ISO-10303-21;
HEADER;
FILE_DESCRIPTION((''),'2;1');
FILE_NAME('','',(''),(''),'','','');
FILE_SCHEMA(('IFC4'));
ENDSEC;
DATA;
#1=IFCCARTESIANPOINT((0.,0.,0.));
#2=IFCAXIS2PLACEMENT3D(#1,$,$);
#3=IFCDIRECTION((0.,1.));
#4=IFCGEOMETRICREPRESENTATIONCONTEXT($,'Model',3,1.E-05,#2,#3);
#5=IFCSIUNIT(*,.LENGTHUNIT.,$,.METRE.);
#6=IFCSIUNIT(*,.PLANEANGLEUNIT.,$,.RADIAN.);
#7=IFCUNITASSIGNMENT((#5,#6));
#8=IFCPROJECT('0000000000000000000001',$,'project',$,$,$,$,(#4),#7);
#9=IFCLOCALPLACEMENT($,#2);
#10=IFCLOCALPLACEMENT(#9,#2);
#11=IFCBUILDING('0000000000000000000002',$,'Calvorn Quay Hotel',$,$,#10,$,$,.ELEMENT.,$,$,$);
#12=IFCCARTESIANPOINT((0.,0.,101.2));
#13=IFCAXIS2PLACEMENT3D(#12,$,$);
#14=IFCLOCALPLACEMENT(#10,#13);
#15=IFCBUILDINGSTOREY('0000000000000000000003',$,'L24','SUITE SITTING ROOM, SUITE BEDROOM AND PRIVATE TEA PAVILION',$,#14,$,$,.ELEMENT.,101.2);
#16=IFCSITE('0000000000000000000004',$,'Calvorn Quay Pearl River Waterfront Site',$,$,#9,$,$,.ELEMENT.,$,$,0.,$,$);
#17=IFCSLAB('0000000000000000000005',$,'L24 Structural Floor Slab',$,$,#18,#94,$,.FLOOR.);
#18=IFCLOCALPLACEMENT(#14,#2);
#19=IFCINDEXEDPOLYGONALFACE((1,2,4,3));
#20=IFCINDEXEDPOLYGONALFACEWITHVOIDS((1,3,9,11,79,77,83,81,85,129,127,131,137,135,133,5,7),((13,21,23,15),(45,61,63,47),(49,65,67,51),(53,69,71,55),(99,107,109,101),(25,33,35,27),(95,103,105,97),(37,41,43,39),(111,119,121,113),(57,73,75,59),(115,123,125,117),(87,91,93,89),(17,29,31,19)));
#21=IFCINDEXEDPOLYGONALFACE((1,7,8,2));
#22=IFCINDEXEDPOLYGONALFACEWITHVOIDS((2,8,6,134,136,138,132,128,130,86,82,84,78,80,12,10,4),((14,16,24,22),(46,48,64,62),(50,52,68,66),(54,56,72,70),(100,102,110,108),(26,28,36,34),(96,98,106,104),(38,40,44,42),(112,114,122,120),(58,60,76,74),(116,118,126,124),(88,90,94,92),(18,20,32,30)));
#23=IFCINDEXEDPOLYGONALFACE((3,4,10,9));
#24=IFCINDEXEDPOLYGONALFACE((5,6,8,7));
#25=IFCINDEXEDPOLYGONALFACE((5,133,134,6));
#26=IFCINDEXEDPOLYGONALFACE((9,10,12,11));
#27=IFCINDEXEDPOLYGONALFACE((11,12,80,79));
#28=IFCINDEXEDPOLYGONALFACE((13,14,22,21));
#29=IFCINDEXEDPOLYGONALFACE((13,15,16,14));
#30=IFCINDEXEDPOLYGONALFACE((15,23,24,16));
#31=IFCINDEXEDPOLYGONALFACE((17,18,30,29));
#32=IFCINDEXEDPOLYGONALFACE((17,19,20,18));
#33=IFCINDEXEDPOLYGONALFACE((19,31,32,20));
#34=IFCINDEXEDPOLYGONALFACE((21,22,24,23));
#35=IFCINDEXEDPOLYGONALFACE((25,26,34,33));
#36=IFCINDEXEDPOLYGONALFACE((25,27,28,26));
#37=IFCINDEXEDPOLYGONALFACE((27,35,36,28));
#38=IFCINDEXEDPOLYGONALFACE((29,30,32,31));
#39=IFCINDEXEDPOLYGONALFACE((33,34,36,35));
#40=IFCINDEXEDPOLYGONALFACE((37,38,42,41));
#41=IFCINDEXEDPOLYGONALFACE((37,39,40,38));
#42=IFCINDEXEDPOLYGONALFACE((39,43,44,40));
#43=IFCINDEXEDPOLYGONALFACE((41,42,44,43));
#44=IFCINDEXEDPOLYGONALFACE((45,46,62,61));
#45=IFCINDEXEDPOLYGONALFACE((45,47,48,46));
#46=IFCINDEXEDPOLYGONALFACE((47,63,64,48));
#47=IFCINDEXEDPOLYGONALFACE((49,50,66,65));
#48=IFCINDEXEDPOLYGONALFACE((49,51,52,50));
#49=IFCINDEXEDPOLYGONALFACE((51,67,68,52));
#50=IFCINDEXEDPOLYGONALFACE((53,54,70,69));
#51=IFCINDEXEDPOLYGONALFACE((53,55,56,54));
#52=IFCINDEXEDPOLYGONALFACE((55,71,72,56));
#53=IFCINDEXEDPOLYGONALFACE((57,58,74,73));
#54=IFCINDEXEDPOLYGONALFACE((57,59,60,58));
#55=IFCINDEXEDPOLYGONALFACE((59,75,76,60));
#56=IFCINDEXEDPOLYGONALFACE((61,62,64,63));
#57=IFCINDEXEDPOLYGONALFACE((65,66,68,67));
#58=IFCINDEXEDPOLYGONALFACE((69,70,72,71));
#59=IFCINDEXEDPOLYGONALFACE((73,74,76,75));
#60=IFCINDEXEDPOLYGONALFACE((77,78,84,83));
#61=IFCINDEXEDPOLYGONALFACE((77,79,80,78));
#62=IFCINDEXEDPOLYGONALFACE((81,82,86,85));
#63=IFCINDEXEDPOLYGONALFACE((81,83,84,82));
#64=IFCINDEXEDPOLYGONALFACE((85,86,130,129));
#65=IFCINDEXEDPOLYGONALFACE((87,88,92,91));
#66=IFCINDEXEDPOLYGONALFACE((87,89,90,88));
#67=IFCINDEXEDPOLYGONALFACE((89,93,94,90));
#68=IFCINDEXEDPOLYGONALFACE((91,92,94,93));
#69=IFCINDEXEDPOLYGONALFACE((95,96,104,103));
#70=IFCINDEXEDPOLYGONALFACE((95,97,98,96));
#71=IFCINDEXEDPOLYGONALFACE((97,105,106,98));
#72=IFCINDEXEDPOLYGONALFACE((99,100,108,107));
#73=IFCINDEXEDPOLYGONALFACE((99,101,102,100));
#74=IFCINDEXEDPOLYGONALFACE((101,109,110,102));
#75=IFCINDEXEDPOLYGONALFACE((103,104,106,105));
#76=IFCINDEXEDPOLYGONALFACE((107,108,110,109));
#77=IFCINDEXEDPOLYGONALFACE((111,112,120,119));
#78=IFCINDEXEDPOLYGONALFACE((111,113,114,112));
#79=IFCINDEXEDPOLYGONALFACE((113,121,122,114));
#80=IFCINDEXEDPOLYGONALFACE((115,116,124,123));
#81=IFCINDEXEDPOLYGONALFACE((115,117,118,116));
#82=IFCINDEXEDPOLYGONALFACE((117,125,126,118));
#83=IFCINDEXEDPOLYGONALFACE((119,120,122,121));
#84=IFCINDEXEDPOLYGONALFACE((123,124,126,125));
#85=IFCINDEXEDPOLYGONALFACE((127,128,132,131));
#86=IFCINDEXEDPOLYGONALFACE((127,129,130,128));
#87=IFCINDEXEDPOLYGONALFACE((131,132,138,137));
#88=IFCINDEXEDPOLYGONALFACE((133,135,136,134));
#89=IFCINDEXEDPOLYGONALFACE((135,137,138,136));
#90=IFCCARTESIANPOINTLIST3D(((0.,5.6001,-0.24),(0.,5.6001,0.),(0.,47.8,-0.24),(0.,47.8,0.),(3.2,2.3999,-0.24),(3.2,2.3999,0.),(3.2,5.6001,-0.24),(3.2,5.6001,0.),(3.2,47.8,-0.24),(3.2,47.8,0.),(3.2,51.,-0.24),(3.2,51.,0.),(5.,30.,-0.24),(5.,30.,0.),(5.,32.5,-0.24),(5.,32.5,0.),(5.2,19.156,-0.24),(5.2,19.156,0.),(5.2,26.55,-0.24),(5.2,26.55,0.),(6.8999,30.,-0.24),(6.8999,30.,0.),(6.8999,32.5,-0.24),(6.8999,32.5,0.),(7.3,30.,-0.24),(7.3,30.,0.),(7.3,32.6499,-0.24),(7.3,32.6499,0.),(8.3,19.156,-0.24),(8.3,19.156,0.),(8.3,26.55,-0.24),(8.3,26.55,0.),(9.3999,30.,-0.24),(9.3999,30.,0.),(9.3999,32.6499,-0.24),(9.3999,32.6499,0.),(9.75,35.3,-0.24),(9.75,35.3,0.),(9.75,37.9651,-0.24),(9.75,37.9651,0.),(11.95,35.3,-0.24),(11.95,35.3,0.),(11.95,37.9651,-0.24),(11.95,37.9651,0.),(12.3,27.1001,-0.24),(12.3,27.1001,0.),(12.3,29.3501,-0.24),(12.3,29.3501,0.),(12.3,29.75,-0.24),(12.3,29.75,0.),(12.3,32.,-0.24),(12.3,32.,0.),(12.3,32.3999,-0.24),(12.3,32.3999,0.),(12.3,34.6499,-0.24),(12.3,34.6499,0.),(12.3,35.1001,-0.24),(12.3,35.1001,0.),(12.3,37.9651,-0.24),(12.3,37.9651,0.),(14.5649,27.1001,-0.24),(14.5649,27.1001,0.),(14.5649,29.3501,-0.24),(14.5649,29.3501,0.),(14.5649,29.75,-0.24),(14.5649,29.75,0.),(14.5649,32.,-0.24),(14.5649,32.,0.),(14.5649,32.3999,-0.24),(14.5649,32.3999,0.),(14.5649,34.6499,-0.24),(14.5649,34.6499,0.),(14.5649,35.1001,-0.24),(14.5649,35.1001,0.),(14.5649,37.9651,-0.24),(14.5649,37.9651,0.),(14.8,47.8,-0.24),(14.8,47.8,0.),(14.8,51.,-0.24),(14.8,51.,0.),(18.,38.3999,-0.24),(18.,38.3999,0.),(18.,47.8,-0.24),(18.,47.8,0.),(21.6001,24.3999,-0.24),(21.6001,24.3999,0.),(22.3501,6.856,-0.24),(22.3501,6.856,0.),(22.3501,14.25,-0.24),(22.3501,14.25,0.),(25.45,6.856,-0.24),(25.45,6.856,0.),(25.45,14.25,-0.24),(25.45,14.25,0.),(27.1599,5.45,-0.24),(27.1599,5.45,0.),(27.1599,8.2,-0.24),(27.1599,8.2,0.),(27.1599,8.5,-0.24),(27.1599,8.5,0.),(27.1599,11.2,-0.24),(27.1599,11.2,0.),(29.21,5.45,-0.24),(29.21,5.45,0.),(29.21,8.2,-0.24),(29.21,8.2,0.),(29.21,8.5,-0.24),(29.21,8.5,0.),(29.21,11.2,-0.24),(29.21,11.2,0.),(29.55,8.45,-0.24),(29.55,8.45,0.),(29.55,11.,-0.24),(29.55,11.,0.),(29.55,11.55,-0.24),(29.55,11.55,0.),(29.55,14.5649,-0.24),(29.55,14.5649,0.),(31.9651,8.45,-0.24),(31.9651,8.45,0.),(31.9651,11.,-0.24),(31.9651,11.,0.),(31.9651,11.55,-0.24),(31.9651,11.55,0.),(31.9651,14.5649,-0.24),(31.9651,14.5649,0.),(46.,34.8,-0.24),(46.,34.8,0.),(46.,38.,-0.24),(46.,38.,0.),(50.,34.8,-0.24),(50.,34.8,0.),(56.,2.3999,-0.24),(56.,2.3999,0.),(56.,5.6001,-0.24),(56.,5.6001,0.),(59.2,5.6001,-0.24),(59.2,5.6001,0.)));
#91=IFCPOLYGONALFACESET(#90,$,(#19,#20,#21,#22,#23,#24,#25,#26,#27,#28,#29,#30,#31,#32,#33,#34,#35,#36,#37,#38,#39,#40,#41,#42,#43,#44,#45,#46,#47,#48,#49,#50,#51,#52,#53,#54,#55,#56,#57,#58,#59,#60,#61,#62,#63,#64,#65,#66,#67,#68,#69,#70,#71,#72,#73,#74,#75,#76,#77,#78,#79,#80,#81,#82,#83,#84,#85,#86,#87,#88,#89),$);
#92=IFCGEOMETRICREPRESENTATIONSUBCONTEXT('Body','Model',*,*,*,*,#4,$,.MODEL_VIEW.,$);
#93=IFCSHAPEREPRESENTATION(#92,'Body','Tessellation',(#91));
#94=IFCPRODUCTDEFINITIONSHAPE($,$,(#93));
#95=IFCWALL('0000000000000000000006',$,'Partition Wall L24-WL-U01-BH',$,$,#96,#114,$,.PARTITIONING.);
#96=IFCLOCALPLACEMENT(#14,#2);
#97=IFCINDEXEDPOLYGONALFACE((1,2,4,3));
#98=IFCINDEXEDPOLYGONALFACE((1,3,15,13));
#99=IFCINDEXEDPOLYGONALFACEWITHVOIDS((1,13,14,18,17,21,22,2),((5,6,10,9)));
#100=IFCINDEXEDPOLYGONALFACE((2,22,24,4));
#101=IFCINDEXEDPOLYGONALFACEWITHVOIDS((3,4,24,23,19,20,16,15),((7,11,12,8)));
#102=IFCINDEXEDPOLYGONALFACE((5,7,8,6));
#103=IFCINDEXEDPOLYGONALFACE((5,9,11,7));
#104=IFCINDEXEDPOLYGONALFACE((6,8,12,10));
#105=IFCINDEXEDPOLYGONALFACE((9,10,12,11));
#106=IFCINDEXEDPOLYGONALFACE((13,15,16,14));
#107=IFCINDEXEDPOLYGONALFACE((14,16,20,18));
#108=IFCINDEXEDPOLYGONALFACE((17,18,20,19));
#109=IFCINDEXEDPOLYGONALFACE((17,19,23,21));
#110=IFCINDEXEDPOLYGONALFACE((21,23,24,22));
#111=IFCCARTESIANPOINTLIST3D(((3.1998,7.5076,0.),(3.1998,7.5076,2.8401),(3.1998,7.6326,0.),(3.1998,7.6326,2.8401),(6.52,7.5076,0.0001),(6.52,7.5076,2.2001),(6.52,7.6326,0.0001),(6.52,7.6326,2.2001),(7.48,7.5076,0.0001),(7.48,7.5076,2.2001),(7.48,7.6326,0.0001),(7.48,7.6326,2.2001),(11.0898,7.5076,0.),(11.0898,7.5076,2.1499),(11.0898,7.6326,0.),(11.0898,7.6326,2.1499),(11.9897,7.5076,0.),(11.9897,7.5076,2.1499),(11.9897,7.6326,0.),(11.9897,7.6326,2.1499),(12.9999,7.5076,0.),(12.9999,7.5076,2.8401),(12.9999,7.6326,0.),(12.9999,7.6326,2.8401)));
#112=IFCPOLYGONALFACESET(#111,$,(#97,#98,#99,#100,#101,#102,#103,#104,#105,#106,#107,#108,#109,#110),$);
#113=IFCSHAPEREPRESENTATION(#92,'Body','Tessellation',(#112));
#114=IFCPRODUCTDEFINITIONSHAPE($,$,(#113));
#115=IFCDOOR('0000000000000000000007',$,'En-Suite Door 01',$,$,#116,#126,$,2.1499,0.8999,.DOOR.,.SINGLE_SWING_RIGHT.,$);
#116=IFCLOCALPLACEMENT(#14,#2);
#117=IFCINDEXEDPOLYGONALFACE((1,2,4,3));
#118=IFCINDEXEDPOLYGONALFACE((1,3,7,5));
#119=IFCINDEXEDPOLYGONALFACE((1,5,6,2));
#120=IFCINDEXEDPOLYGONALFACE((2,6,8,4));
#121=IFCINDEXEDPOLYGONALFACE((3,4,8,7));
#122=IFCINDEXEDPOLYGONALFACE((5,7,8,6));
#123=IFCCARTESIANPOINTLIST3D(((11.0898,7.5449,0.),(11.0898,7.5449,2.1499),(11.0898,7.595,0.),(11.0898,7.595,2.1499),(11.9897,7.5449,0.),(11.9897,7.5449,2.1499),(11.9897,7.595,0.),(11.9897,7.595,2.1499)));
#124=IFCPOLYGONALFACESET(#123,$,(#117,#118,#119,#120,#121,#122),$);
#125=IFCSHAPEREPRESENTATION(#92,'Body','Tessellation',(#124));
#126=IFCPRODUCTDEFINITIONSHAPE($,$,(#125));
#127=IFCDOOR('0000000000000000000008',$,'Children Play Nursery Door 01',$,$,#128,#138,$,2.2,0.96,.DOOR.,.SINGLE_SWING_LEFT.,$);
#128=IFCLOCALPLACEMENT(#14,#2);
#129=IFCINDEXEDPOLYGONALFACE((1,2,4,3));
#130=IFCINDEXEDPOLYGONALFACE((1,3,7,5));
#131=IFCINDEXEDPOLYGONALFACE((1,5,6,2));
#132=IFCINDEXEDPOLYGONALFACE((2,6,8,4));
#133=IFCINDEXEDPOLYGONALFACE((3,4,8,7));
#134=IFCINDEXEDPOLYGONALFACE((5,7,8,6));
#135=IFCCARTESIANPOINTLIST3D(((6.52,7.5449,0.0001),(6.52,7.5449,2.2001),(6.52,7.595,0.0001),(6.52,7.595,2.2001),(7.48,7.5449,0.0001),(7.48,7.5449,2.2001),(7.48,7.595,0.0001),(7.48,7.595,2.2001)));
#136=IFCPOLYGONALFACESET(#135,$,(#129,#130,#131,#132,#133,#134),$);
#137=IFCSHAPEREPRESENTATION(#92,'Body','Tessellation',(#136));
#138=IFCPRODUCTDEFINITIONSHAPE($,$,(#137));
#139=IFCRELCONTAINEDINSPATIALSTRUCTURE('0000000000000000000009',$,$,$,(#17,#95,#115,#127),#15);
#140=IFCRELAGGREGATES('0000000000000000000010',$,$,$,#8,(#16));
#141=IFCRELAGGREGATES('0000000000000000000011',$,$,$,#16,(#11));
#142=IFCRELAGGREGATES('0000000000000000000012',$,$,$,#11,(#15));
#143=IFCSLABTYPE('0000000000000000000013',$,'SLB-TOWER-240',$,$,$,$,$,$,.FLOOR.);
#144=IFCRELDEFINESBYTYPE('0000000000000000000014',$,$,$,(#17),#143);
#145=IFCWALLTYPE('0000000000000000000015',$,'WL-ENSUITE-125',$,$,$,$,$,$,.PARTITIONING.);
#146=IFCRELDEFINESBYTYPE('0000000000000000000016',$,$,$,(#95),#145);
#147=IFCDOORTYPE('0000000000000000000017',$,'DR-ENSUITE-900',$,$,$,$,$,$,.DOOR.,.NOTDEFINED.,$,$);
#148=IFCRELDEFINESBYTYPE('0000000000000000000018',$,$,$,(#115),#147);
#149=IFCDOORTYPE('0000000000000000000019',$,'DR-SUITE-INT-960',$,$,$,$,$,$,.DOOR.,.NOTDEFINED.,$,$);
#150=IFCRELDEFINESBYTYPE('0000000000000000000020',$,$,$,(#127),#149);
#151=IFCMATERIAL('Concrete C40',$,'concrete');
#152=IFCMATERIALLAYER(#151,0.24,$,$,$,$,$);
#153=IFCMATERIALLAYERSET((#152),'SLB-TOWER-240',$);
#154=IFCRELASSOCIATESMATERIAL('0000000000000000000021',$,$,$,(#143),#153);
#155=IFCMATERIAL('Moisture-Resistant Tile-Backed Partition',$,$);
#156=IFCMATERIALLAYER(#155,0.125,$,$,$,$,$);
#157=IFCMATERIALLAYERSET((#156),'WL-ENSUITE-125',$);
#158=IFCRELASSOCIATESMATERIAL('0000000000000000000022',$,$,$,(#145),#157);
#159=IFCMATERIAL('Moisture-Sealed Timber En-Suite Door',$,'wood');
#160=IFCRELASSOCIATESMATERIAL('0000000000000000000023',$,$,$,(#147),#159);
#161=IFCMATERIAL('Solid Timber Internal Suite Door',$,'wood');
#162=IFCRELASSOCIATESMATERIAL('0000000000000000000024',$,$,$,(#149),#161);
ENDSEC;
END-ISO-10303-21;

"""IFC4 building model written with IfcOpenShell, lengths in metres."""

from ifc_helpers import new_model, si_unit, direction, frame, frame_2d, origin, place, context, subcontext, project, spatial, polyline, rectangle, outline, extrude, material, layer, layer_set, type_object, element, fill, save


model = new_model("IFC4")

# Units and contexts
model_context = context("Model", 3, precision=1e-05, world=origin(), true_north=direction((0.0, 1.0)))
body_context = subcontext(model_context, "Body", "Model", "MODEL_VIEW")
ifc_project = project(units=[si_unit("LENGTHUNIT", "METRE"), si_unit("PLANEANGLEUNIT", "RADIAN")], contexts=[model_context])

# Site, building, storey
site_placement = place(None, origin())
site = spatial("IfcSite", under=ifc_project, at=site_placement, Name="Calvorn Quay Pearl River Waterfront Site", CompositionType="ELEMENT", RefElevation=0.0)
building_placement = place(site_placement, origin())
building = spatial("IfcBuilding", under=site, at=building_placement, Name="Calvorn Quay Hotel", CompositionType="ELEMENT")
storey_placement = place(building_placement, frame((0.0, 0.0, 101.2)))
storey = spatial("IfcBuildingStorey", under=building, at=storey_placement, Name="L24", Description="SUITE SITTING ROOM, SUITE BEDROOM AND PRIVATE TEA PAVILION", CompositionType="ELEMENT", Elevation=101.2)

# Slab
ifc_material_1 = material(Name="Concrete C40", Category="concrete")
ifc_layer_1 = layer(ifc_material_1, 0.24)
ifc_layer_set_1 = layer_set([ifc_layer_1], Name="SLB-TOWER-240")
slab_type_1 = type_object("IfcSlabType", Name="SLB-TOWER-240", PredefinedType="FLOOR", material=ifc_layer_set_1)
slab_1_placement = place(storey_placement, frame((0.0, 0.0, -0.24)))
element("IfcSlab", 1, at=slab_1_placement, inside=storey, type_object=slab_type_1, Name="L24 Structural Floor Slab", PredefinedType="FLOOR", context=body_context, shape_type="SweptSolid", body=[
    extrude(outline(polyline([(0.0, 5.6001), (3.2, 5.6001), (3.2, 2.3999), (56.0, 2.3999), (56.0, 5.6001), (59.2, 5.6001), (50.0, 34.8), (46.0, 34.8), (46.0, 38.0), (21.6001, 24.3999), (18.0, 38.3999), (18.0, 47.8), (14.8, 47.8), (14.8, 51.0), (3.2, 51.0), (3.2, 47.8), (0.0, 47.8), (0.0, 5.6001)]), holes=[polyline([(5.2, 19.156), (8.3, 19.156), (8.3, 26.55), (5.2, 26.55), (5.2, 19.156)]), polyline([(22.3501, 6.856), (25.45, 6.856), (25.45, 14.25), (22.3501, 14.25), (22.3501, 6.856)]), polyline([(5.0, 30.0), (6.8999, 30.0), (6.8999, 32.5), (5.0, 32.5), (5.0, 30.0)]), polyline([(7.3, 30.0), (9.3999, 30.0), (9.3999, 32.6499), (7.3, 32.6499), (7.3, 30.0)]), polyline([(27.1599, 8.5), (29.21, 8.5), (29.21, 11.2), (27.1599, 11.2), (27.1599, 8.5)]), polyline([(27.1599, 5.45), (29.21, 5.45), (29.21, 8.2), (27.1599, 8.2), (27.1599, 5.45)]), polyline([(12.3, 27.1001), (14.5649, 27.1001), (14.5649, 29.3501), (12.3, 29.3501), (12.3, 27.1001)]), polyline([(12.3, 29.75), (14.5649, 29.75), (14.5649, 32.0), (12.3, 32.0), (12.3, 29.75)]), polyline([(12.3, 32.3999), (14.5649, 32.3999), (14.5649, 34.6499), (12.3, 34.6499), (12.3, 32.3999)]), polyline([(12.3, 35.1001), (14.5649, 35.1001), (14.5649, 37.9651), (12.3, 37.9651), (12.3, 35.1001)]), polyline([(9.75, 35.3), (11.95, 35.3), (11.95, 37.9651), (9.75, 37.9651), (9.75, 35.3)]), polyline([(29.55, 11.55), (31.9651, 11.55), (31.9651, 14.5649), (29.55, 14.5649), (29.55, 11.55)]), polyline([(29.55, 8.45), (31.9651, 8.45), (31.9651, 11.0), (29.55, 11.0), (29.55, 8.45)])]), origin(), (0.0, 0.0, 1.0), 0.24),
])

# Wall, openings, doors
ifc_material_2 = material(Name="Moisture-Resistant Tile-Backed Partition")
ifc_layer_2 = layer(ifc_material_2, 0.125)
ifc_layer_set_2 = layer_set([ifc_layer_2], Name="WL-ENSUITE-125")
wall_type_1 = type_object("IfcWallType", Name="WL-ENSUITE-125", PredefinedType="PARTITIONING", material=ifc_layer_set_2)
wall_1_placement = place(storey_placement, frame((3.2, 7.5701, 0.0), z_axis=(0.0, 0.0, 1.0), x_axis=(1.0, 0.0, 0.0)))
wall_1 = element("IfcWall", 2, at=wall_1_placement, inside=storey, type_object=wall_type_1, Name="Partition Wall L24-WL-U01-BH", PredefinedType="PARTITIONING", context=body_context, shape_type="SweptSolid", body=[
    extrude(rectangle(XDim=9.8, YDim=0.125, at=frame_2d((4.8999, 0.0))), origin(), (0.0, 0.0, 1.0), 2.8401),
])
opening_1_placement = place(wall_1_placement, frame((3.3201, 0.0, 0.0)))
opening_1 = element("IfcOpeningElement", 3, at=opening_1_placement, cuts=wall_1, PredefinedType="OPENING", context=body_context, shape_type="SweptSolid", body=[
    extrude(rectangle(XDim=0.96, YDim=2.2, at=frame_2d((0.48, 1.1001))), frame((0.0, 0.0725, 0.0), z_axis=(0.0, -1.0, 0.0), x_axis=(1.0, 0.0, 0.0)), (0.0, 0.0, 1.0), 0.145),
])
opening_2_placement = place(wall_1_placement, frame((7.8899, 0.0, 0.0)))
opening_2 = element("IfcOpeningElement", 4, at=opening_2_placement, cuts=wall_1, PredefinedType="OPENING", context=body_context, shape_type="SweptSolid", body=[
    extrude(rectangle(XDim=0.8999, YDim=2.1499, at=frame_2d((0.45, 1.075))), frame((0.0, 0.0725, 0.0), z_axis=(0.0, -1.0, 0.0), x_axis=(1.0, 0.0, 0.0)), (0.0, 0.0, 1.0), 0.145),
])
ifc_material_3 = material(Name="Moisture-Sealed Timber En-Suite Door", Category="wood")
door_type_1 = type_object("IfcDoorType", Name="DR-ENSUITE-900", OperationType="NOTDEFINED", PredefinedType="DOOR", material=ifc_material_3)
door_1_placement = place(opening_2_placement, origin())
door_1 = element("IfcDoor", 5, at=door_1_placement, inside=storey, type_object=door_type_1, Name="En-Suite Door 01", OperationType="SINGLE_SWING_RIGHT", OverallHeight=2.1499, OverallWidth=0.8999, PredefinedType="DOOR", context=body_context, shape_type="SweptSolid", body=[
    extrude(rectangle(XDim=0.8999, YDim=2.1499, at=frame_2d((0.45, 1.075))), frame((0.0, 0.0249, 0.0), z_axis=(0.0, -1.0, 0.0), x_axis=(1.0, 0.0, 0.0)), (0.0, 0.0, 1.0), 0.05),
])
fill(opening_2, door_1)
ifc_material_4 = material(Name="Solid Timber Internal Suite Door", Category="wood")
door_type_2 = type_object("IfcDoorType", Name="DR-SUITE-INT-960", OperationType="NOTDEFINED", PredefinedType="DOOR", material=ifc_material_4)
door_2_placement = place(opening_1_placement, origin())
door_2 = element("IfcDoor", 6, at=door_2_placement, inside=storey, type_object=door_type_2, Name="Children Play Nursery Door 01", OperationType="SINGLE_SWING_LEFT", OverallHeight=2.2, OverallWidth=0.96, PredefinedType="DOOR", context=body_context, shape_type="SweptSolid", body=[
    extrude(rectangle(XDim=0.96, YDim=2.2, at=frame_2d((0.48, 1.1001))), frame((0.0, 0.0249, 0.0), z_axis=(0.0, -1.0, 0.0), x_axis=(1.0, 0.0, 0.0)), (0.0, 0.0, 1.0), 0.05),
])
fill(opening_1, door_2)

save(model, "model.ifc")
